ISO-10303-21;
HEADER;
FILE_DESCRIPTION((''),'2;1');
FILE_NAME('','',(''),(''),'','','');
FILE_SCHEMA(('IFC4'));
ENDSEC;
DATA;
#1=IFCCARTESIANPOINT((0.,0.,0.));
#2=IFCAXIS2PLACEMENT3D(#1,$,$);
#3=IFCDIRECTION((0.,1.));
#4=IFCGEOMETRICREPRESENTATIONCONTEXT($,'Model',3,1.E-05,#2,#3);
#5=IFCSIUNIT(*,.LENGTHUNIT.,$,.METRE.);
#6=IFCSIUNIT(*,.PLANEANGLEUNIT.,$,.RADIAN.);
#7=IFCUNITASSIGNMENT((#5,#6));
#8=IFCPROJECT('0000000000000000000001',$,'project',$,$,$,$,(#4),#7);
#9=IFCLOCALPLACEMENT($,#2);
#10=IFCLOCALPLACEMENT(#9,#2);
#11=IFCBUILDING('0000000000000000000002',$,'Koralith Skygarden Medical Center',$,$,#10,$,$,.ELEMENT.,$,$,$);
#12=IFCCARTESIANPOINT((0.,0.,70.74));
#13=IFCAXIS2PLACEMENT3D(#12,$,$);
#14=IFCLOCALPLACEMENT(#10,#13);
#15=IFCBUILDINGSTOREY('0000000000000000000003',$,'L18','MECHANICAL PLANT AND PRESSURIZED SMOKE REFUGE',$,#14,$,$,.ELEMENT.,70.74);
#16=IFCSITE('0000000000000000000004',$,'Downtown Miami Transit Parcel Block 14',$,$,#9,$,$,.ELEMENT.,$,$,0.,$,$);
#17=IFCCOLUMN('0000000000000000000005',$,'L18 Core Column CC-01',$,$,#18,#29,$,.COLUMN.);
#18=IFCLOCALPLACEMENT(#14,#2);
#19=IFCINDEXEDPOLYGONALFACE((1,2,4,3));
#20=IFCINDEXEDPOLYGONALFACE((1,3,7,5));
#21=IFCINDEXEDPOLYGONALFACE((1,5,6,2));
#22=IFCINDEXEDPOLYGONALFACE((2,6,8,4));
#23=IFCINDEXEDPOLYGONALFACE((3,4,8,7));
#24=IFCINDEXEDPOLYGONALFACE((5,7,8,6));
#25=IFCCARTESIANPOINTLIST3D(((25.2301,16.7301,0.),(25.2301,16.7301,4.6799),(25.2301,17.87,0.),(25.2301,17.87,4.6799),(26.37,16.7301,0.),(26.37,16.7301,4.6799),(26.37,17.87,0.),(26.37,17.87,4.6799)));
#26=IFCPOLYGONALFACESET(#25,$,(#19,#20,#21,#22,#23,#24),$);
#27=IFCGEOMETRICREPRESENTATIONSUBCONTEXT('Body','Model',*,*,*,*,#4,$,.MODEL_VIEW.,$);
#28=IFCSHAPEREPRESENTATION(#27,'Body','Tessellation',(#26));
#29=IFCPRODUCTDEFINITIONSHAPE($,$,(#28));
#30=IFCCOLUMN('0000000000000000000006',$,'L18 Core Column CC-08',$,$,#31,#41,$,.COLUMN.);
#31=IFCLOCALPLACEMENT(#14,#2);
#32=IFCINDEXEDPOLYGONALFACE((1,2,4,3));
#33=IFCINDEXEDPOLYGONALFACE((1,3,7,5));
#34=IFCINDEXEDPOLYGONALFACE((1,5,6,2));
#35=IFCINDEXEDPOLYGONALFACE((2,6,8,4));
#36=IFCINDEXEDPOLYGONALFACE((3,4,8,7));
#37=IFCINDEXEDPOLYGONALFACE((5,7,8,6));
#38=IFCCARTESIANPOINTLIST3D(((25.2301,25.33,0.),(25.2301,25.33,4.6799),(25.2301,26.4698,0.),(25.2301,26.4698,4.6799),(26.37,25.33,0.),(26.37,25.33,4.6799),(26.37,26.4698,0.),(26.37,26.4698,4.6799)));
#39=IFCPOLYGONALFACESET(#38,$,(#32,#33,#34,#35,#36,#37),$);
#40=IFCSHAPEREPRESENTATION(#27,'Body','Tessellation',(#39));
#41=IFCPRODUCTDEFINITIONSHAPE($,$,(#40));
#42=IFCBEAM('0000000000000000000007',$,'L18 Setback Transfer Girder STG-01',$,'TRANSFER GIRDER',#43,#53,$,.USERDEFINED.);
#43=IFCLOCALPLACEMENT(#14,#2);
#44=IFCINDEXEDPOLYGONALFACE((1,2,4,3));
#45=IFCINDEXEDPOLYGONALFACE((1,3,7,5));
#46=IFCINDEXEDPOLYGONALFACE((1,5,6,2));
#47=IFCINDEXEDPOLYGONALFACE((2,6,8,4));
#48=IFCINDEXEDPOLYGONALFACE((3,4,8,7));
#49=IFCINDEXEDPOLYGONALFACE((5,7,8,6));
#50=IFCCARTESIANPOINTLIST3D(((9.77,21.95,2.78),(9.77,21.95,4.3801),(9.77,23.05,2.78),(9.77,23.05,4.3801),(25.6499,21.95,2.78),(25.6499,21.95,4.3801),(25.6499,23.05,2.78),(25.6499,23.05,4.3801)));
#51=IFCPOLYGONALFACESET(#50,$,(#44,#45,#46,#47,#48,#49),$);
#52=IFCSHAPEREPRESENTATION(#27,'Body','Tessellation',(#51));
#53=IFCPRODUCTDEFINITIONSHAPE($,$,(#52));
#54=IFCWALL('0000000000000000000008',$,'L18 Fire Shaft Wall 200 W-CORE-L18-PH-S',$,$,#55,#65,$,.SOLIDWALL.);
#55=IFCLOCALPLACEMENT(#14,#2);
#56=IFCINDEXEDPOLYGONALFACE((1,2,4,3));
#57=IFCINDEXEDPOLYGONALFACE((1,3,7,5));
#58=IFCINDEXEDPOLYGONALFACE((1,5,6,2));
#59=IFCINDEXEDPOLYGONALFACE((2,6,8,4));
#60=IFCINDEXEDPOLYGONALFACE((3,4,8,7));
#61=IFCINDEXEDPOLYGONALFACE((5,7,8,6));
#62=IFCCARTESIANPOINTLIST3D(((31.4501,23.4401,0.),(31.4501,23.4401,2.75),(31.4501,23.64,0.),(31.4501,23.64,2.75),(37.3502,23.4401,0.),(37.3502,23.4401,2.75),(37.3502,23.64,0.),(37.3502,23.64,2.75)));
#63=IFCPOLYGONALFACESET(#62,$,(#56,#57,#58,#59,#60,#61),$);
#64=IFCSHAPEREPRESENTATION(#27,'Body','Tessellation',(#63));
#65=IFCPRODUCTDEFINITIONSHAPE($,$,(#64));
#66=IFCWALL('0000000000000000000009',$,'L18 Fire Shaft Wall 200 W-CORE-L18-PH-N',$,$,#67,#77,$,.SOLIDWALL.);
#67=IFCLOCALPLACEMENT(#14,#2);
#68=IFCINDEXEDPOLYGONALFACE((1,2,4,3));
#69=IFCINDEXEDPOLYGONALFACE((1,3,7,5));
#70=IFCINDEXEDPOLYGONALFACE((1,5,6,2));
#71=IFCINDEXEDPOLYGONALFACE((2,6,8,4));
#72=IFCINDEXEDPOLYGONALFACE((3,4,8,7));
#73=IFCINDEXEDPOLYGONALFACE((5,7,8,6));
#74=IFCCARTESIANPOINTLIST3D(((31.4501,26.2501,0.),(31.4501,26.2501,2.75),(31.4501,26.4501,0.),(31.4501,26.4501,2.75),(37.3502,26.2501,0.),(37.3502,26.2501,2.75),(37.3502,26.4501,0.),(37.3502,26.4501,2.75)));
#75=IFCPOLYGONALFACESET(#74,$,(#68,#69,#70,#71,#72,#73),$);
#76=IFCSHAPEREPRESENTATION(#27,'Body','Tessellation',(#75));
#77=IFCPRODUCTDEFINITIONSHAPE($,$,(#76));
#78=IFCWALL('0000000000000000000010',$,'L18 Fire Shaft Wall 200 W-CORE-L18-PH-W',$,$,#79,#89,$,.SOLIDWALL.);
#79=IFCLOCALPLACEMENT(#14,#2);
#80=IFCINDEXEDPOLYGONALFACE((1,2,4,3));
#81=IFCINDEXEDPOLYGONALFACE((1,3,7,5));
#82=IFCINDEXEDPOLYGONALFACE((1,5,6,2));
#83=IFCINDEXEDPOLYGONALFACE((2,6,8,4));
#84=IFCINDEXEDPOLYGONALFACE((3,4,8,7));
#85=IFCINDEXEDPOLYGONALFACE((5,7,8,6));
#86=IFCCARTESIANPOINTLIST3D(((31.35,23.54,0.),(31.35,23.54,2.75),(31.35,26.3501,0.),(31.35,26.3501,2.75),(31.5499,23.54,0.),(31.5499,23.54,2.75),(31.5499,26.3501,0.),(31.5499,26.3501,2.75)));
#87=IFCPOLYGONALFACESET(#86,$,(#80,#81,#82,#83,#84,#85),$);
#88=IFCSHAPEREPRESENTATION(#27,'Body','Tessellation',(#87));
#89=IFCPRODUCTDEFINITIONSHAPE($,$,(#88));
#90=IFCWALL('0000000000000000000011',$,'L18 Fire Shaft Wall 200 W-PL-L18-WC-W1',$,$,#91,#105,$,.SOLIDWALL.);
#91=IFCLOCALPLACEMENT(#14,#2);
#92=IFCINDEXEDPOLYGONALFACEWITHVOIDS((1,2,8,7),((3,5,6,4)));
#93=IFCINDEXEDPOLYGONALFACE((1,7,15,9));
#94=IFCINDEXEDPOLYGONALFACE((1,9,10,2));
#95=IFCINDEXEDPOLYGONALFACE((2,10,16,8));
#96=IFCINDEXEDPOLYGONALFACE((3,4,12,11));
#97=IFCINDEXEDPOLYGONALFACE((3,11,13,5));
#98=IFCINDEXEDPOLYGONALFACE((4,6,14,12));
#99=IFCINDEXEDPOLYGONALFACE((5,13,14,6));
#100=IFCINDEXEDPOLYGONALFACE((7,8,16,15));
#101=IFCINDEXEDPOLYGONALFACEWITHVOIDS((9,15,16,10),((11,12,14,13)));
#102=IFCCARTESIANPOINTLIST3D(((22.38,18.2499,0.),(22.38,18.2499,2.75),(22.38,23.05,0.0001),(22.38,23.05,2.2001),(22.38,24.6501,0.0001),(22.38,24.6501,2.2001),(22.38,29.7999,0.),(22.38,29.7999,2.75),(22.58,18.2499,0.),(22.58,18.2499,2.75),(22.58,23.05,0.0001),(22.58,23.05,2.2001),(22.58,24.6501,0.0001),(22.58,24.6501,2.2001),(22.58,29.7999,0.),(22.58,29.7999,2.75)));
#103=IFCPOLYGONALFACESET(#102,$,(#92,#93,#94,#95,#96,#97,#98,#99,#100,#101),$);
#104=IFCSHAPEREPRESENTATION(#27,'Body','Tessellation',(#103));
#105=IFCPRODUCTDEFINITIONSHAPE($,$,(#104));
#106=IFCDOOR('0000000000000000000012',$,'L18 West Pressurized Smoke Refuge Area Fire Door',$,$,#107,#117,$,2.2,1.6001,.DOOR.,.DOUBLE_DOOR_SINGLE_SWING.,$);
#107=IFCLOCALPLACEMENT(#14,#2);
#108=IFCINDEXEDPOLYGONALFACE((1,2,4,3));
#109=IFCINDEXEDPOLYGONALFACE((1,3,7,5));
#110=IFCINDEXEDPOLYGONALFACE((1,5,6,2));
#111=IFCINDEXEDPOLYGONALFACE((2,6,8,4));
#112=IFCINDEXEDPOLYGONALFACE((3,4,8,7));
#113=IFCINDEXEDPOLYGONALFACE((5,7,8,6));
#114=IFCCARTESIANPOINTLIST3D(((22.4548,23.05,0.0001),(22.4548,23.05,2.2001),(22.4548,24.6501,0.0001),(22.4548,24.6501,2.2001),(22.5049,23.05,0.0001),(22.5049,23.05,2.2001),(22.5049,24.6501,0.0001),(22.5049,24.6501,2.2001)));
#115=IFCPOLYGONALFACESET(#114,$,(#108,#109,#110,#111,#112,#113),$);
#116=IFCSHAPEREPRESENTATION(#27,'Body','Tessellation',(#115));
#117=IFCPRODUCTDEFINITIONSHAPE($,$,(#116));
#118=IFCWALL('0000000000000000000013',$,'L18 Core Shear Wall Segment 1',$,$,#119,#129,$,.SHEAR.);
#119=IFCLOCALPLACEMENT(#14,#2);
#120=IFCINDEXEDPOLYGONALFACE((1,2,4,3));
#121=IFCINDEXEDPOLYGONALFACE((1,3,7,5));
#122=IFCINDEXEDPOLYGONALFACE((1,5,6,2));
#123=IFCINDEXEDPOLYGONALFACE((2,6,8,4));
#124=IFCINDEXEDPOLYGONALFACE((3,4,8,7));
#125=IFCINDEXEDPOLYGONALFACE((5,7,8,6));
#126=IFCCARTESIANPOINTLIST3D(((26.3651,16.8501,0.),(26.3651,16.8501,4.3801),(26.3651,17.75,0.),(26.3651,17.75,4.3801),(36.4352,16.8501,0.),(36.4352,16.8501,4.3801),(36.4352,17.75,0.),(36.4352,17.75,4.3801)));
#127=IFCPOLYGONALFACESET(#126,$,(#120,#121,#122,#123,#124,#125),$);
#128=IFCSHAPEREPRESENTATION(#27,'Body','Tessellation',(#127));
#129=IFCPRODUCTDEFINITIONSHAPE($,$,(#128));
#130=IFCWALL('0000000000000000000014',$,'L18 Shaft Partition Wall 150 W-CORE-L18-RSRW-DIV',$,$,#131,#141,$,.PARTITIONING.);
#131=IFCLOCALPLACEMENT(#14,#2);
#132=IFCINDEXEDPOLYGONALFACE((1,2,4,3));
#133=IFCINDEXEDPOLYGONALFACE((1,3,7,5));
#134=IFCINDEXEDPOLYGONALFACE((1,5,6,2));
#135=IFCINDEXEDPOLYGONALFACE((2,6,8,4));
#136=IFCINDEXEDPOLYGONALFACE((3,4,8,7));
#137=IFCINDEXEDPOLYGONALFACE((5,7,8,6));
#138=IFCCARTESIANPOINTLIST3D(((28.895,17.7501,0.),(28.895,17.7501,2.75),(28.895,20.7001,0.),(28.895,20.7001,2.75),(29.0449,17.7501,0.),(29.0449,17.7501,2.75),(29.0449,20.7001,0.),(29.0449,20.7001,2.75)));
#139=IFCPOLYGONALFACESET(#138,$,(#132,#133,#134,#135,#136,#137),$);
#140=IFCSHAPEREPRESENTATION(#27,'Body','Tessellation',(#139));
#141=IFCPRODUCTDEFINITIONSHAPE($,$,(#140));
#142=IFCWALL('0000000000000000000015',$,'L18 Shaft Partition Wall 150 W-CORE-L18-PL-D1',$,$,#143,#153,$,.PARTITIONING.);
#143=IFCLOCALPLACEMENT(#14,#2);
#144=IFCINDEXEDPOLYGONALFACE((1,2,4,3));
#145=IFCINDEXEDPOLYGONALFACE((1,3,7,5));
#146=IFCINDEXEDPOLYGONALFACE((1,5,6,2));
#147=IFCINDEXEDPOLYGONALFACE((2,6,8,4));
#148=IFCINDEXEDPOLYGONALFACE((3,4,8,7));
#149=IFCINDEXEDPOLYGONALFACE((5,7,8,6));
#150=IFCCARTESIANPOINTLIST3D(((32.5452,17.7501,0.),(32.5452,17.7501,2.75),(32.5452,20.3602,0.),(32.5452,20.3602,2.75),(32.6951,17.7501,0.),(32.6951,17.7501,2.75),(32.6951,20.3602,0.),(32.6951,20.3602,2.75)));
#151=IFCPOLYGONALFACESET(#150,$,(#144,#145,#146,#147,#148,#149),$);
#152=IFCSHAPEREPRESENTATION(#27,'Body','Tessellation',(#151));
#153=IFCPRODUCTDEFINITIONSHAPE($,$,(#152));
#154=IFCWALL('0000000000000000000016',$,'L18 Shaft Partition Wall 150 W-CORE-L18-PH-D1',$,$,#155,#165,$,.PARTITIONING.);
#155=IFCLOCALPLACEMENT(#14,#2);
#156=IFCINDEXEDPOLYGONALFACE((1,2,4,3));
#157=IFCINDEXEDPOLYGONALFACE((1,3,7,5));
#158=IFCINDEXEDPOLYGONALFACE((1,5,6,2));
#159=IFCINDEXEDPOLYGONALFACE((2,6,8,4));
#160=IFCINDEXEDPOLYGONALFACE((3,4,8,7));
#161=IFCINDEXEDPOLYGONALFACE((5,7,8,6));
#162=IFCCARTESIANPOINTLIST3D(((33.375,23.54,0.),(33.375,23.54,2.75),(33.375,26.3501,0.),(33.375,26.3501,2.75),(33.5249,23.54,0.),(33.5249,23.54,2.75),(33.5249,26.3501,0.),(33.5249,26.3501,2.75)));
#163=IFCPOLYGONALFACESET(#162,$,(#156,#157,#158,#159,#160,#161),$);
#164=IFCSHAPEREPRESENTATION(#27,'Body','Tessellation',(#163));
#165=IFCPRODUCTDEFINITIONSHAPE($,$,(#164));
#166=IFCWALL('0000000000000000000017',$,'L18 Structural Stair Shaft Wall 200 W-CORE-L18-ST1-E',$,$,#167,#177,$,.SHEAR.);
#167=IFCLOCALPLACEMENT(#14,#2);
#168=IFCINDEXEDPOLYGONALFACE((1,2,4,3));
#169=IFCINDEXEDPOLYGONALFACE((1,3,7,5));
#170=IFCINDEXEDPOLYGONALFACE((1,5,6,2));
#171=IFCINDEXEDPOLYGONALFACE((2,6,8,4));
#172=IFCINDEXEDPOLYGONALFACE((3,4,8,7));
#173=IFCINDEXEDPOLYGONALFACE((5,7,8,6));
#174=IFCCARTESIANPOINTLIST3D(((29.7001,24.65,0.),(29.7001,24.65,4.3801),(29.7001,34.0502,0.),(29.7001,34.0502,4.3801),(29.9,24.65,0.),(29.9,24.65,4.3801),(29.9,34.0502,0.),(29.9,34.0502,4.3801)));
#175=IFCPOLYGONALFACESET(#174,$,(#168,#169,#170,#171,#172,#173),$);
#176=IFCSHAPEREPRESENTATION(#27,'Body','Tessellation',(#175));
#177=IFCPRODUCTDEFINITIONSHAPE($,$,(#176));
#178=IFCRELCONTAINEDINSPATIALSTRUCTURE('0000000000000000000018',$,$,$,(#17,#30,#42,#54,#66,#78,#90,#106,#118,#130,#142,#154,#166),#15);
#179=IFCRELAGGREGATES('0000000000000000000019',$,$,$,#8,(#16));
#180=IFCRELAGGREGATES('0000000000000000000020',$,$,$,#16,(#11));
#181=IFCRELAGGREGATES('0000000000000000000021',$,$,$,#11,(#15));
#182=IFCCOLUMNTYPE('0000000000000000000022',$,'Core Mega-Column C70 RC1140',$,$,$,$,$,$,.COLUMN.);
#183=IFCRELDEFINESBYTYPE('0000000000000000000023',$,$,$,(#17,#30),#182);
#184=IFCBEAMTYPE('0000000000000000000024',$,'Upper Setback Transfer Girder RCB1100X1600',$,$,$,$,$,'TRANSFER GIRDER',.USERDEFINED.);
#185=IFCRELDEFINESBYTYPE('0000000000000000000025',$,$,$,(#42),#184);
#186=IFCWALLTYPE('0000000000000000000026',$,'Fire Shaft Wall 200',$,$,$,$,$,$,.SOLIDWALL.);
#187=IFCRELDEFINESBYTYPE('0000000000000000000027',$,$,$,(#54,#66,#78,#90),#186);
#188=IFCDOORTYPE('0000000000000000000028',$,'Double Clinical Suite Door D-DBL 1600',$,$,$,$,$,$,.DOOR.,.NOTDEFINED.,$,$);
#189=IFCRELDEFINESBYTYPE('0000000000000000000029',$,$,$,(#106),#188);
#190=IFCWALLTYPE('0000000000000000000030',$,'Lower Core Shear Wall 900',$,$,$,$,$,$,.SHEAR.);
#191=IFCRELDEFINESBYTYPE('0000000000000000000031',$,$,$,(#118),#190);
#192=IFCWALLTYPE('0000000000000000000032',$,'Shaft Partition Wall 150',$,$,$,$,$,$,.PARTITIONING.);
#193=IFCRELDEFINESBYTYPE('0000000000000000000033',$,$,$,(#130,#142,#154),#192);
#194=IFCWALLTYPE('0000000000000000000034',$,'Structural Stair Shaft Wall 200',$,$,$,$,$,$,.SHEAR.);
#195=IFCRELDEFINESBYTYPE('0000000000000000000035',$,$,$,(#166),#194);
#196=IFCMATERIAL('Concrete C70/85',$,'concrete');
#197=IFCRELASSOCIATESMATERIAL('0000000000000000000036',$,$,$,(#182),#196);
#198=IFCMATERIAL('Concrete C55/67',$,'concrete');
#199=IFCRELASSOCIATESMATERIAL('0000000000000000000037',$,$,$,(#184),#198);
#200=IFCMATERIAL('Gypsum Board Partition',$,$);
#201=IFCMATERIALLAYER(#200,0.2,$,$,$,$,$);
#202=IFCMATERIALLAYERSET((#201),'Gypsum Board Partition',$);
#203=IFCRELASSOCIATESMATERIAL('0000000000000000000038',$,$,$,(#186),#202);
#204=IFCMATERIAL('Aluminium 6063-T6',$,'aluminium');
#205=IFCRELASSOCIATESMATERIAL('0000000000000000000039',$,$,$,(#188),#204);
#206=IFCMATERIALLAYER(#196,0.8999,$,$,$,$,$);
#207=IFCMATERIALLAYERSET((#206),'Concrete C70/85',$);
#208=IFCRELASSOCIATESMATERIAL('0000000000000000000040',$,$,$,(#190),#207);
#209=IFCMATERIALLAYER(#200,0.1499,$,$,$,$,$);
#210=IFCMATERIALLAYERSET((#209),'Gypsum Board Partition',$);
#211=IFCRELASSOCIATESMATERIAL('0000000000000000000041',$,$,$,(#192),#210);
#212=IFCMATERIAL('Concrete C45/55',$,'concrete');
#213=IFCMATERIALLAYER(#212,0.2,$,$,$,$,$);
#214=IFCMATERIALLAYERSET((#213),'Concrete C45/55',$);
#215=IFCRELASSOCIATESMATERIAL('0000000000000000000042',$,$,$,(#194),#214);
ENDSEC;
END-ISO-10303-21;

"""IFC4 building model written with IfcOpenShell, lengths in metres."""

from ifc_helpers import new_model, si_unit, direction, frame, frame_2d, origin, origin_2d, place, context, subcontext, project, spatial, rectangle, extrude, material, layer, layer_set, material_profile, profile_set, type_object, element, fill, save


model = new_model("IFC4")

# Units and contexts
model_context = context("Model", 3, precision=1e-05, world=origin(), true_north=direction((0.0, 1.0)))
body_context = subcontext(model_context, "Body", "Model", "MODEL_VIEW")
ifc_project = project(units=[si_unit("LENGTHUNIT", "METRE"), si_unit("PLANEANGLEUNIT", "RADIAN")], contexts=[model_context])

# Site, building, storey
site_placement = place(None, origin())
site = spatial("IfcSite", under=ifc_project, at=site_placement, Name="Downtown Miami Transit Parcel Block 14", CompositionType="ELEMENT", RefElevation=0.0)
building_placement = place(site_placement, origin())
building = spatial("IfcBuilding", under=site, at=building_placement, Name="Koralith Skygarden Medical Center", CompositionType="ELEMENT")
storey_placement = place(building_placement, frame((0.0, 0.0, 70.74)))
storey = spatial("IfcBuildingStorey", under=building, at=storey_placement, Name="L18", Description="MECHANICAL PLANT AND PRESSURIZED SMOKE REFUGE", CompositionType="ELEMENT", Elevation=70.74)

# Columns
ifc_material_1 = material(Name="Concrete C70/85", Category="concrete")
ifc_material_profile_1 = material_profile(ifc_material_1, rectangle(XDim=1.1399, YDim=1.1399, at=origin_2d()), Name="RC1140X1140")
ifc_profile_set_1 = profile_set([ifc_material_profile_1], Name="Concrete C70/85")
column_type = type_object("IfcColumnType", Name="Core Mega-Column C70 RC1140", PredefinedType="COLUMN", material=ifc_profile_set_1)
for number, where, z_axis, x_axis, name in (
    (1, (25.8, 17.3, 0.0), (0.0, 0.0, 1.0), (1.0, 0.0, 0.0), "L18 Core Column CC-01"),
    (2, (25.8, 25.8999, 0.0), (0.0, 0.0, 1.0), (1.0, 0.0, 0.0), "L18 Core Column CC-08"),
):
    element("IfcColumn", number, at=place(storey_placement, frame(where, z_axis=z_axis, x_axis=x_axis)), inside=storey, type_object=column_type, Name=name, PredefinedType="COLUMN", context=body_context, shape_type="SweptSolid", body=[
        extrude(rectangle(XDim=1.1399, YDim=1.1399, at=origin_2d()), origin(), (0.0, 0.0, 1.0), 4.6799),
    ])

# Beam
ifc_material_2 = material(Name="Concrete C55/67", Category="concrete")
ifc_material_profile_2 = material_profile(ifc_material_2, rectangle(XDim=1.1001, YDim=1.6001, at=origin_2d()), Name="RCB1100X1600")
ifc_profile_set_2 = profile_set([ifc_material_profile_2], Name="Concrete C55/67")
beam_type = type_object("IfcBeamType", Name="Upper Setback Transfer Girder RCB1100X1600", ElementType="TRANSFER GIRDER", PredefinedType="USERDEFINED", material=ifc_profile_set_2)
beam_placement = place(storey_placement, frame((25.6499, 22.5, 3.5801), z_axis=(-1.0, 0.0, 0.0), x_axis=(0.0, -1.0, 0.0)))
element("IfcBeam", 3, at=beam_placement, inside=storey, type_object=beam_type, Name="L18 Setback Transfer Girder STG-01", ObjectType="TRANSFER GIRDER", PredefinedType="USERDEFINED", context=body_context, shape_type="SweptSolid", body=[
    extrude(rectangle(XDim=1.1001, YDim=1.6001, at=origin_2d()), origin(), (0.0, 0.0, 1.0), 15.8799),
])

# Shared definitions
ifc_material_3 = material(Name="Gypsum Board Partition")
ifc_layer_1 = layer(ifc_material_3, 0.2)
ifc_layer_set_1 = layer_set([ifc_layer_1], Name="Gypsum Board Partition")
wall_type_1 = type_object("IfcWallType", Name="Fire Shaft Wall 200", PredefinedType="SOLIDWALL", material=ifc_layer_set_1)

# Walls
for number, where, z_axis, x_axis, name in (
    (4, (31.45, 23.54, 0.0), (0.0, 0.0, 1.0), (1.0, 0.0, 0.0), "L18 Fire Shaft Wall 200 W-CORE-L18-PH-S"),
    (5, (31.45, 26.3501, 0.0), (0.0, 0.0, 1.0), (1.0, 0.0, 0.0), "L18 Fire Shaft Wall 200 W-CORE-L18-PH-N"),
):
    element("IfcWall", number, at=place(storey_placement, frame(where, z_axis=z_axis, x_axis=x_axis)), inside=storey, type_object=wall_type_1, Name=name, PredefinedType="SOLIDWALL", context=body_context, shape_type="SweptSolid", body=[
        extrude(rectangle(XDim=5.9001, YDim=0.2, at=frame_2d((2.9502, 0.0))), origin(), (0.0, 0.0, 1.0), 2.75),
    ])
wall_1_placement = place(storey_placement, frame((31.45, 23.54, 0.0), z_axis=(0.0, 0.0, 1.0), x_axis=(0.0, 1.0, 0.0)))
element("IfcWall", 6, at=wall_1_placement, inside=storey, type_object=wall_type_1, Name="L18 Fire Shaft Wall 200 W-CORE-L18-PH-W", PredefinedType="SOLIDWALL", context=body_context, shape_type="SweptSolid", body=[
    extrude(rectangle(XDim=2.8101, YDim=0.2, at=frame_2d((1.405, 0.0))), origin(), (0.0, 0.0, 1.0), 2.75),
])

# Wall, opening, door
wall_2_placement = place(storey_placement, frame((22.48, 18.25, 0.0), z_axis=(0.0, 0.0, 1.0), x_axis=(0.0, 1.0, 0.0)))
wall_2 = element("IfcWall", 7, at=wall_2_placement, inside=storey, type_object=wall_type_1, Name="L18 Fire Shaft Wall 200 W-PL-L18-WC-W1", PredefinedType="SOLIDWALL", context=body_context, shape_type="SweptSolid", body=[
    extrude(rectangle(XDim=11.55, YDim=0.2, at=frame_2d((5.7749, 0.0))), origin(), (0.0, 0.0, 1.0), 2.75),
])
opening_1_placement = place(wall_2_placement, frame((4.8, 0.0, 0.0)))
opening_1 = element("IfcOpeningElement", 8, at=opening_1_placement, cuts=wall_2, PredefinedType="OPENING", context=body_context, shape_type="SweptSolid", body=[
    extrude(rectangle(XDim=1.6001, YDim=2.2, at=frame_2d((0.8, 1.1001))), frame((0.0, 0.1099, 0.0), z_axis=(0.0, -1.0, 0.0), x_axis=(1.0, 0.0, 0.0)), (0.0, 0.0, 1.0), 0.22),
])
ifc_material_4 = material(Name="Aluminium 6063-T6", Category="aluminium")
door_type_1 = type_object("IfcDoorType", Name="Double Clinical Suite Door D-DBL 1600", OperationType="NOTDEFINED", PredefinedType="DOOR", material=ifc_material_4)
door_1_placement = place(opening_1_placement, frame((1.6001, 0.0, 0.0), z_axis=(0.0, 0.0, 1.0), x_axis=(-1.0, 0.0, 0.0)))
door_1 = element("IfcDoor", 9, at=door_1_placement, inside=storey, type_object=door_type_1, Name="L18 West Pressurized Smoke Refuge Area Fire Door", OperationType="DOUBLE_DOOR_SINGLE_SWING", OverallHeight=2.2, OverallWidth=1.6001, PredefinedType="DOOR", context=body_context, shape_type="SweptSolid", body=[
    extrude(rectangle(XDim=1.6001, YDim=2.2, at=frame_2d((0.8, 1.1001))), frame((0.0, 0.0249, 0.0), z_axis=(0.0, -1.0, 0.0), x_axis=(1.0, 0.0, 0.0)), (0.0, 0.0, 1.0), 0.05),
])
fill(opening_1, door_1)

# Wall
ifc_layer_2 = layer(ifc_material_1, 0.8999)
ifc_layer_set_2 = layer_set([ifc_layer_2], Name="Concrete C70/85")
wall_type_2 = type_object("IfcWallType", Name="Lower Core Shear Wall 900", PredefinedType="SHEAR", material=ifc_layer_set_2)
wall_3_placement = place(storey_placement, frame((26.365, 17.3, 0.0), z_axis=(0.0, 0.0, 1.0), x_axis=(1.0, 0.0, 0.0)))
element("IfcWall", 10, at=wall_3_placement, inside=storey, type_object=wall_type_2, Name="L18 Core Shear Wall Segment 1", PredefinedType="SHEAR", context=body_context, shape_type="SweptSolid", body=[
    extrude(rectangle(XDim=10.0701, YDim=0.8999, at=frame_2d((5.0352, 0.0))), origin(), (0.0, 0.0, 1.0), 4.3801),
])

# Walls
ifc_layer_3 = layer(ifc_material_3, 0.1499)
ifc_layer_set_3 = layer_set([ifc_layer_3], Name="Gypsum Board Partition")
wall_type_3 = type_object("IfcWallType", Name="Shaft Partition Wall 150", PredefinedType="PARTITIONING", material=ifc_layer_set_3)
wall_4_placement = place(storey_placement, frame((28.97, 17.75, 0.0), z_axis=(0.0, 0.0, 1.0), x_axis=(0.0, 1.0, 0.0)))
element("IfcWall", 11, at=wall_4_placement, inside=storey, type_object=wall_type_3, Name="L18 Shaft Partition Wall 150 W-CORE-L18-RSRW-DIV", PredefinedType="PARTITIONING", context=body_context, shape_type="SweptSolid", body=[
    extrude(rectangle(XDim=2.95, YDim=0.1499, at=frame_2d((1.4751, 0.0))), origin(), (0.0, 0.0, 1.0), 2.75),
])
wall_5_placement = place(storey_placement, frame((32.6201, 17.75, 0.0), z_axis=(0.0, 0.0, 1.0), x_axis=(0.0, 1.0, 0.0)))
element("IfcWall", 12, at=wall_5_placement, inside=storey, type_object=wall_type_3, Name="L18 Shaft Partition Wall 150 W-CORE-L18-PL-D1", PredefinedType="PARTITIONING", context=body_context, shape_type="SweptSolid", body=[
    extrude(rectangle(XDim=2.6101, YDim=0.1499, at=frame_2d((1.3052, 0.0))), origin(), (0.0, 0.0, 1.0), 2.75),
])
wall_6_placement = place(storey_placement, frame((33.45, 23.54, 0.0), z_axis=(0.0, 0.0, 1.0), x_axis=(0.0, 1.0, 0.0)))
element("IfcWall", 13, at=wall_6_placement, inside=storey, type_object=wall_type_3, Name="L18 Shaft Partition Wall 150 W-CORE-L18-PH-D1", PredefinedType="PARTITIONING", context=body_context, shape_type="SweptSolid", body=[
    extrude(rectangle(XDim=2.8101, YDim=0.1499, at=frame_2d((1.405, 0.0))), origin(), (0.0, 0.0, 1.0), 2.75),
])
ifc_material_5 = material(Name="Concrete C45/55", Category="concrete")
ifc_layer_4 = layer(ifc_material_5, 0.2)
ifc_layer_set_4 = layer_set([ifc_layer_4], Name="Concrete C45/55")
wall_type_4 = type_object("IfcWallType", Name="Structural Stair Shaft Wall 200", PredefinedType="SHEAR", material=ifc_layer_set_4)
wall_7_placement = place(storey_placement, frame((29.8, 24.6499, 0.0), z_axis=(0.0, 0.0, 1.0), x_axis=(0.0, 1.0, 0.0)))
element("IfcWall", 14, at=wall_7_placement, inside=storey, type_object=wall_type_4, Name="L18 Structural Stair Shaft Wall 200 W-CORE-L18-ST1-E", PredefinedType="SHEAR", context=body_context, shape_type="SweptSolid", body=[
    extrude(rectangle(XDim=9.4001, YDim=0.2, at=frame_2d((4.7002, 0.0))), origin(), (0.0, 0.0, 1.0), 4.3801),
])

save(model, "model.ifc")
